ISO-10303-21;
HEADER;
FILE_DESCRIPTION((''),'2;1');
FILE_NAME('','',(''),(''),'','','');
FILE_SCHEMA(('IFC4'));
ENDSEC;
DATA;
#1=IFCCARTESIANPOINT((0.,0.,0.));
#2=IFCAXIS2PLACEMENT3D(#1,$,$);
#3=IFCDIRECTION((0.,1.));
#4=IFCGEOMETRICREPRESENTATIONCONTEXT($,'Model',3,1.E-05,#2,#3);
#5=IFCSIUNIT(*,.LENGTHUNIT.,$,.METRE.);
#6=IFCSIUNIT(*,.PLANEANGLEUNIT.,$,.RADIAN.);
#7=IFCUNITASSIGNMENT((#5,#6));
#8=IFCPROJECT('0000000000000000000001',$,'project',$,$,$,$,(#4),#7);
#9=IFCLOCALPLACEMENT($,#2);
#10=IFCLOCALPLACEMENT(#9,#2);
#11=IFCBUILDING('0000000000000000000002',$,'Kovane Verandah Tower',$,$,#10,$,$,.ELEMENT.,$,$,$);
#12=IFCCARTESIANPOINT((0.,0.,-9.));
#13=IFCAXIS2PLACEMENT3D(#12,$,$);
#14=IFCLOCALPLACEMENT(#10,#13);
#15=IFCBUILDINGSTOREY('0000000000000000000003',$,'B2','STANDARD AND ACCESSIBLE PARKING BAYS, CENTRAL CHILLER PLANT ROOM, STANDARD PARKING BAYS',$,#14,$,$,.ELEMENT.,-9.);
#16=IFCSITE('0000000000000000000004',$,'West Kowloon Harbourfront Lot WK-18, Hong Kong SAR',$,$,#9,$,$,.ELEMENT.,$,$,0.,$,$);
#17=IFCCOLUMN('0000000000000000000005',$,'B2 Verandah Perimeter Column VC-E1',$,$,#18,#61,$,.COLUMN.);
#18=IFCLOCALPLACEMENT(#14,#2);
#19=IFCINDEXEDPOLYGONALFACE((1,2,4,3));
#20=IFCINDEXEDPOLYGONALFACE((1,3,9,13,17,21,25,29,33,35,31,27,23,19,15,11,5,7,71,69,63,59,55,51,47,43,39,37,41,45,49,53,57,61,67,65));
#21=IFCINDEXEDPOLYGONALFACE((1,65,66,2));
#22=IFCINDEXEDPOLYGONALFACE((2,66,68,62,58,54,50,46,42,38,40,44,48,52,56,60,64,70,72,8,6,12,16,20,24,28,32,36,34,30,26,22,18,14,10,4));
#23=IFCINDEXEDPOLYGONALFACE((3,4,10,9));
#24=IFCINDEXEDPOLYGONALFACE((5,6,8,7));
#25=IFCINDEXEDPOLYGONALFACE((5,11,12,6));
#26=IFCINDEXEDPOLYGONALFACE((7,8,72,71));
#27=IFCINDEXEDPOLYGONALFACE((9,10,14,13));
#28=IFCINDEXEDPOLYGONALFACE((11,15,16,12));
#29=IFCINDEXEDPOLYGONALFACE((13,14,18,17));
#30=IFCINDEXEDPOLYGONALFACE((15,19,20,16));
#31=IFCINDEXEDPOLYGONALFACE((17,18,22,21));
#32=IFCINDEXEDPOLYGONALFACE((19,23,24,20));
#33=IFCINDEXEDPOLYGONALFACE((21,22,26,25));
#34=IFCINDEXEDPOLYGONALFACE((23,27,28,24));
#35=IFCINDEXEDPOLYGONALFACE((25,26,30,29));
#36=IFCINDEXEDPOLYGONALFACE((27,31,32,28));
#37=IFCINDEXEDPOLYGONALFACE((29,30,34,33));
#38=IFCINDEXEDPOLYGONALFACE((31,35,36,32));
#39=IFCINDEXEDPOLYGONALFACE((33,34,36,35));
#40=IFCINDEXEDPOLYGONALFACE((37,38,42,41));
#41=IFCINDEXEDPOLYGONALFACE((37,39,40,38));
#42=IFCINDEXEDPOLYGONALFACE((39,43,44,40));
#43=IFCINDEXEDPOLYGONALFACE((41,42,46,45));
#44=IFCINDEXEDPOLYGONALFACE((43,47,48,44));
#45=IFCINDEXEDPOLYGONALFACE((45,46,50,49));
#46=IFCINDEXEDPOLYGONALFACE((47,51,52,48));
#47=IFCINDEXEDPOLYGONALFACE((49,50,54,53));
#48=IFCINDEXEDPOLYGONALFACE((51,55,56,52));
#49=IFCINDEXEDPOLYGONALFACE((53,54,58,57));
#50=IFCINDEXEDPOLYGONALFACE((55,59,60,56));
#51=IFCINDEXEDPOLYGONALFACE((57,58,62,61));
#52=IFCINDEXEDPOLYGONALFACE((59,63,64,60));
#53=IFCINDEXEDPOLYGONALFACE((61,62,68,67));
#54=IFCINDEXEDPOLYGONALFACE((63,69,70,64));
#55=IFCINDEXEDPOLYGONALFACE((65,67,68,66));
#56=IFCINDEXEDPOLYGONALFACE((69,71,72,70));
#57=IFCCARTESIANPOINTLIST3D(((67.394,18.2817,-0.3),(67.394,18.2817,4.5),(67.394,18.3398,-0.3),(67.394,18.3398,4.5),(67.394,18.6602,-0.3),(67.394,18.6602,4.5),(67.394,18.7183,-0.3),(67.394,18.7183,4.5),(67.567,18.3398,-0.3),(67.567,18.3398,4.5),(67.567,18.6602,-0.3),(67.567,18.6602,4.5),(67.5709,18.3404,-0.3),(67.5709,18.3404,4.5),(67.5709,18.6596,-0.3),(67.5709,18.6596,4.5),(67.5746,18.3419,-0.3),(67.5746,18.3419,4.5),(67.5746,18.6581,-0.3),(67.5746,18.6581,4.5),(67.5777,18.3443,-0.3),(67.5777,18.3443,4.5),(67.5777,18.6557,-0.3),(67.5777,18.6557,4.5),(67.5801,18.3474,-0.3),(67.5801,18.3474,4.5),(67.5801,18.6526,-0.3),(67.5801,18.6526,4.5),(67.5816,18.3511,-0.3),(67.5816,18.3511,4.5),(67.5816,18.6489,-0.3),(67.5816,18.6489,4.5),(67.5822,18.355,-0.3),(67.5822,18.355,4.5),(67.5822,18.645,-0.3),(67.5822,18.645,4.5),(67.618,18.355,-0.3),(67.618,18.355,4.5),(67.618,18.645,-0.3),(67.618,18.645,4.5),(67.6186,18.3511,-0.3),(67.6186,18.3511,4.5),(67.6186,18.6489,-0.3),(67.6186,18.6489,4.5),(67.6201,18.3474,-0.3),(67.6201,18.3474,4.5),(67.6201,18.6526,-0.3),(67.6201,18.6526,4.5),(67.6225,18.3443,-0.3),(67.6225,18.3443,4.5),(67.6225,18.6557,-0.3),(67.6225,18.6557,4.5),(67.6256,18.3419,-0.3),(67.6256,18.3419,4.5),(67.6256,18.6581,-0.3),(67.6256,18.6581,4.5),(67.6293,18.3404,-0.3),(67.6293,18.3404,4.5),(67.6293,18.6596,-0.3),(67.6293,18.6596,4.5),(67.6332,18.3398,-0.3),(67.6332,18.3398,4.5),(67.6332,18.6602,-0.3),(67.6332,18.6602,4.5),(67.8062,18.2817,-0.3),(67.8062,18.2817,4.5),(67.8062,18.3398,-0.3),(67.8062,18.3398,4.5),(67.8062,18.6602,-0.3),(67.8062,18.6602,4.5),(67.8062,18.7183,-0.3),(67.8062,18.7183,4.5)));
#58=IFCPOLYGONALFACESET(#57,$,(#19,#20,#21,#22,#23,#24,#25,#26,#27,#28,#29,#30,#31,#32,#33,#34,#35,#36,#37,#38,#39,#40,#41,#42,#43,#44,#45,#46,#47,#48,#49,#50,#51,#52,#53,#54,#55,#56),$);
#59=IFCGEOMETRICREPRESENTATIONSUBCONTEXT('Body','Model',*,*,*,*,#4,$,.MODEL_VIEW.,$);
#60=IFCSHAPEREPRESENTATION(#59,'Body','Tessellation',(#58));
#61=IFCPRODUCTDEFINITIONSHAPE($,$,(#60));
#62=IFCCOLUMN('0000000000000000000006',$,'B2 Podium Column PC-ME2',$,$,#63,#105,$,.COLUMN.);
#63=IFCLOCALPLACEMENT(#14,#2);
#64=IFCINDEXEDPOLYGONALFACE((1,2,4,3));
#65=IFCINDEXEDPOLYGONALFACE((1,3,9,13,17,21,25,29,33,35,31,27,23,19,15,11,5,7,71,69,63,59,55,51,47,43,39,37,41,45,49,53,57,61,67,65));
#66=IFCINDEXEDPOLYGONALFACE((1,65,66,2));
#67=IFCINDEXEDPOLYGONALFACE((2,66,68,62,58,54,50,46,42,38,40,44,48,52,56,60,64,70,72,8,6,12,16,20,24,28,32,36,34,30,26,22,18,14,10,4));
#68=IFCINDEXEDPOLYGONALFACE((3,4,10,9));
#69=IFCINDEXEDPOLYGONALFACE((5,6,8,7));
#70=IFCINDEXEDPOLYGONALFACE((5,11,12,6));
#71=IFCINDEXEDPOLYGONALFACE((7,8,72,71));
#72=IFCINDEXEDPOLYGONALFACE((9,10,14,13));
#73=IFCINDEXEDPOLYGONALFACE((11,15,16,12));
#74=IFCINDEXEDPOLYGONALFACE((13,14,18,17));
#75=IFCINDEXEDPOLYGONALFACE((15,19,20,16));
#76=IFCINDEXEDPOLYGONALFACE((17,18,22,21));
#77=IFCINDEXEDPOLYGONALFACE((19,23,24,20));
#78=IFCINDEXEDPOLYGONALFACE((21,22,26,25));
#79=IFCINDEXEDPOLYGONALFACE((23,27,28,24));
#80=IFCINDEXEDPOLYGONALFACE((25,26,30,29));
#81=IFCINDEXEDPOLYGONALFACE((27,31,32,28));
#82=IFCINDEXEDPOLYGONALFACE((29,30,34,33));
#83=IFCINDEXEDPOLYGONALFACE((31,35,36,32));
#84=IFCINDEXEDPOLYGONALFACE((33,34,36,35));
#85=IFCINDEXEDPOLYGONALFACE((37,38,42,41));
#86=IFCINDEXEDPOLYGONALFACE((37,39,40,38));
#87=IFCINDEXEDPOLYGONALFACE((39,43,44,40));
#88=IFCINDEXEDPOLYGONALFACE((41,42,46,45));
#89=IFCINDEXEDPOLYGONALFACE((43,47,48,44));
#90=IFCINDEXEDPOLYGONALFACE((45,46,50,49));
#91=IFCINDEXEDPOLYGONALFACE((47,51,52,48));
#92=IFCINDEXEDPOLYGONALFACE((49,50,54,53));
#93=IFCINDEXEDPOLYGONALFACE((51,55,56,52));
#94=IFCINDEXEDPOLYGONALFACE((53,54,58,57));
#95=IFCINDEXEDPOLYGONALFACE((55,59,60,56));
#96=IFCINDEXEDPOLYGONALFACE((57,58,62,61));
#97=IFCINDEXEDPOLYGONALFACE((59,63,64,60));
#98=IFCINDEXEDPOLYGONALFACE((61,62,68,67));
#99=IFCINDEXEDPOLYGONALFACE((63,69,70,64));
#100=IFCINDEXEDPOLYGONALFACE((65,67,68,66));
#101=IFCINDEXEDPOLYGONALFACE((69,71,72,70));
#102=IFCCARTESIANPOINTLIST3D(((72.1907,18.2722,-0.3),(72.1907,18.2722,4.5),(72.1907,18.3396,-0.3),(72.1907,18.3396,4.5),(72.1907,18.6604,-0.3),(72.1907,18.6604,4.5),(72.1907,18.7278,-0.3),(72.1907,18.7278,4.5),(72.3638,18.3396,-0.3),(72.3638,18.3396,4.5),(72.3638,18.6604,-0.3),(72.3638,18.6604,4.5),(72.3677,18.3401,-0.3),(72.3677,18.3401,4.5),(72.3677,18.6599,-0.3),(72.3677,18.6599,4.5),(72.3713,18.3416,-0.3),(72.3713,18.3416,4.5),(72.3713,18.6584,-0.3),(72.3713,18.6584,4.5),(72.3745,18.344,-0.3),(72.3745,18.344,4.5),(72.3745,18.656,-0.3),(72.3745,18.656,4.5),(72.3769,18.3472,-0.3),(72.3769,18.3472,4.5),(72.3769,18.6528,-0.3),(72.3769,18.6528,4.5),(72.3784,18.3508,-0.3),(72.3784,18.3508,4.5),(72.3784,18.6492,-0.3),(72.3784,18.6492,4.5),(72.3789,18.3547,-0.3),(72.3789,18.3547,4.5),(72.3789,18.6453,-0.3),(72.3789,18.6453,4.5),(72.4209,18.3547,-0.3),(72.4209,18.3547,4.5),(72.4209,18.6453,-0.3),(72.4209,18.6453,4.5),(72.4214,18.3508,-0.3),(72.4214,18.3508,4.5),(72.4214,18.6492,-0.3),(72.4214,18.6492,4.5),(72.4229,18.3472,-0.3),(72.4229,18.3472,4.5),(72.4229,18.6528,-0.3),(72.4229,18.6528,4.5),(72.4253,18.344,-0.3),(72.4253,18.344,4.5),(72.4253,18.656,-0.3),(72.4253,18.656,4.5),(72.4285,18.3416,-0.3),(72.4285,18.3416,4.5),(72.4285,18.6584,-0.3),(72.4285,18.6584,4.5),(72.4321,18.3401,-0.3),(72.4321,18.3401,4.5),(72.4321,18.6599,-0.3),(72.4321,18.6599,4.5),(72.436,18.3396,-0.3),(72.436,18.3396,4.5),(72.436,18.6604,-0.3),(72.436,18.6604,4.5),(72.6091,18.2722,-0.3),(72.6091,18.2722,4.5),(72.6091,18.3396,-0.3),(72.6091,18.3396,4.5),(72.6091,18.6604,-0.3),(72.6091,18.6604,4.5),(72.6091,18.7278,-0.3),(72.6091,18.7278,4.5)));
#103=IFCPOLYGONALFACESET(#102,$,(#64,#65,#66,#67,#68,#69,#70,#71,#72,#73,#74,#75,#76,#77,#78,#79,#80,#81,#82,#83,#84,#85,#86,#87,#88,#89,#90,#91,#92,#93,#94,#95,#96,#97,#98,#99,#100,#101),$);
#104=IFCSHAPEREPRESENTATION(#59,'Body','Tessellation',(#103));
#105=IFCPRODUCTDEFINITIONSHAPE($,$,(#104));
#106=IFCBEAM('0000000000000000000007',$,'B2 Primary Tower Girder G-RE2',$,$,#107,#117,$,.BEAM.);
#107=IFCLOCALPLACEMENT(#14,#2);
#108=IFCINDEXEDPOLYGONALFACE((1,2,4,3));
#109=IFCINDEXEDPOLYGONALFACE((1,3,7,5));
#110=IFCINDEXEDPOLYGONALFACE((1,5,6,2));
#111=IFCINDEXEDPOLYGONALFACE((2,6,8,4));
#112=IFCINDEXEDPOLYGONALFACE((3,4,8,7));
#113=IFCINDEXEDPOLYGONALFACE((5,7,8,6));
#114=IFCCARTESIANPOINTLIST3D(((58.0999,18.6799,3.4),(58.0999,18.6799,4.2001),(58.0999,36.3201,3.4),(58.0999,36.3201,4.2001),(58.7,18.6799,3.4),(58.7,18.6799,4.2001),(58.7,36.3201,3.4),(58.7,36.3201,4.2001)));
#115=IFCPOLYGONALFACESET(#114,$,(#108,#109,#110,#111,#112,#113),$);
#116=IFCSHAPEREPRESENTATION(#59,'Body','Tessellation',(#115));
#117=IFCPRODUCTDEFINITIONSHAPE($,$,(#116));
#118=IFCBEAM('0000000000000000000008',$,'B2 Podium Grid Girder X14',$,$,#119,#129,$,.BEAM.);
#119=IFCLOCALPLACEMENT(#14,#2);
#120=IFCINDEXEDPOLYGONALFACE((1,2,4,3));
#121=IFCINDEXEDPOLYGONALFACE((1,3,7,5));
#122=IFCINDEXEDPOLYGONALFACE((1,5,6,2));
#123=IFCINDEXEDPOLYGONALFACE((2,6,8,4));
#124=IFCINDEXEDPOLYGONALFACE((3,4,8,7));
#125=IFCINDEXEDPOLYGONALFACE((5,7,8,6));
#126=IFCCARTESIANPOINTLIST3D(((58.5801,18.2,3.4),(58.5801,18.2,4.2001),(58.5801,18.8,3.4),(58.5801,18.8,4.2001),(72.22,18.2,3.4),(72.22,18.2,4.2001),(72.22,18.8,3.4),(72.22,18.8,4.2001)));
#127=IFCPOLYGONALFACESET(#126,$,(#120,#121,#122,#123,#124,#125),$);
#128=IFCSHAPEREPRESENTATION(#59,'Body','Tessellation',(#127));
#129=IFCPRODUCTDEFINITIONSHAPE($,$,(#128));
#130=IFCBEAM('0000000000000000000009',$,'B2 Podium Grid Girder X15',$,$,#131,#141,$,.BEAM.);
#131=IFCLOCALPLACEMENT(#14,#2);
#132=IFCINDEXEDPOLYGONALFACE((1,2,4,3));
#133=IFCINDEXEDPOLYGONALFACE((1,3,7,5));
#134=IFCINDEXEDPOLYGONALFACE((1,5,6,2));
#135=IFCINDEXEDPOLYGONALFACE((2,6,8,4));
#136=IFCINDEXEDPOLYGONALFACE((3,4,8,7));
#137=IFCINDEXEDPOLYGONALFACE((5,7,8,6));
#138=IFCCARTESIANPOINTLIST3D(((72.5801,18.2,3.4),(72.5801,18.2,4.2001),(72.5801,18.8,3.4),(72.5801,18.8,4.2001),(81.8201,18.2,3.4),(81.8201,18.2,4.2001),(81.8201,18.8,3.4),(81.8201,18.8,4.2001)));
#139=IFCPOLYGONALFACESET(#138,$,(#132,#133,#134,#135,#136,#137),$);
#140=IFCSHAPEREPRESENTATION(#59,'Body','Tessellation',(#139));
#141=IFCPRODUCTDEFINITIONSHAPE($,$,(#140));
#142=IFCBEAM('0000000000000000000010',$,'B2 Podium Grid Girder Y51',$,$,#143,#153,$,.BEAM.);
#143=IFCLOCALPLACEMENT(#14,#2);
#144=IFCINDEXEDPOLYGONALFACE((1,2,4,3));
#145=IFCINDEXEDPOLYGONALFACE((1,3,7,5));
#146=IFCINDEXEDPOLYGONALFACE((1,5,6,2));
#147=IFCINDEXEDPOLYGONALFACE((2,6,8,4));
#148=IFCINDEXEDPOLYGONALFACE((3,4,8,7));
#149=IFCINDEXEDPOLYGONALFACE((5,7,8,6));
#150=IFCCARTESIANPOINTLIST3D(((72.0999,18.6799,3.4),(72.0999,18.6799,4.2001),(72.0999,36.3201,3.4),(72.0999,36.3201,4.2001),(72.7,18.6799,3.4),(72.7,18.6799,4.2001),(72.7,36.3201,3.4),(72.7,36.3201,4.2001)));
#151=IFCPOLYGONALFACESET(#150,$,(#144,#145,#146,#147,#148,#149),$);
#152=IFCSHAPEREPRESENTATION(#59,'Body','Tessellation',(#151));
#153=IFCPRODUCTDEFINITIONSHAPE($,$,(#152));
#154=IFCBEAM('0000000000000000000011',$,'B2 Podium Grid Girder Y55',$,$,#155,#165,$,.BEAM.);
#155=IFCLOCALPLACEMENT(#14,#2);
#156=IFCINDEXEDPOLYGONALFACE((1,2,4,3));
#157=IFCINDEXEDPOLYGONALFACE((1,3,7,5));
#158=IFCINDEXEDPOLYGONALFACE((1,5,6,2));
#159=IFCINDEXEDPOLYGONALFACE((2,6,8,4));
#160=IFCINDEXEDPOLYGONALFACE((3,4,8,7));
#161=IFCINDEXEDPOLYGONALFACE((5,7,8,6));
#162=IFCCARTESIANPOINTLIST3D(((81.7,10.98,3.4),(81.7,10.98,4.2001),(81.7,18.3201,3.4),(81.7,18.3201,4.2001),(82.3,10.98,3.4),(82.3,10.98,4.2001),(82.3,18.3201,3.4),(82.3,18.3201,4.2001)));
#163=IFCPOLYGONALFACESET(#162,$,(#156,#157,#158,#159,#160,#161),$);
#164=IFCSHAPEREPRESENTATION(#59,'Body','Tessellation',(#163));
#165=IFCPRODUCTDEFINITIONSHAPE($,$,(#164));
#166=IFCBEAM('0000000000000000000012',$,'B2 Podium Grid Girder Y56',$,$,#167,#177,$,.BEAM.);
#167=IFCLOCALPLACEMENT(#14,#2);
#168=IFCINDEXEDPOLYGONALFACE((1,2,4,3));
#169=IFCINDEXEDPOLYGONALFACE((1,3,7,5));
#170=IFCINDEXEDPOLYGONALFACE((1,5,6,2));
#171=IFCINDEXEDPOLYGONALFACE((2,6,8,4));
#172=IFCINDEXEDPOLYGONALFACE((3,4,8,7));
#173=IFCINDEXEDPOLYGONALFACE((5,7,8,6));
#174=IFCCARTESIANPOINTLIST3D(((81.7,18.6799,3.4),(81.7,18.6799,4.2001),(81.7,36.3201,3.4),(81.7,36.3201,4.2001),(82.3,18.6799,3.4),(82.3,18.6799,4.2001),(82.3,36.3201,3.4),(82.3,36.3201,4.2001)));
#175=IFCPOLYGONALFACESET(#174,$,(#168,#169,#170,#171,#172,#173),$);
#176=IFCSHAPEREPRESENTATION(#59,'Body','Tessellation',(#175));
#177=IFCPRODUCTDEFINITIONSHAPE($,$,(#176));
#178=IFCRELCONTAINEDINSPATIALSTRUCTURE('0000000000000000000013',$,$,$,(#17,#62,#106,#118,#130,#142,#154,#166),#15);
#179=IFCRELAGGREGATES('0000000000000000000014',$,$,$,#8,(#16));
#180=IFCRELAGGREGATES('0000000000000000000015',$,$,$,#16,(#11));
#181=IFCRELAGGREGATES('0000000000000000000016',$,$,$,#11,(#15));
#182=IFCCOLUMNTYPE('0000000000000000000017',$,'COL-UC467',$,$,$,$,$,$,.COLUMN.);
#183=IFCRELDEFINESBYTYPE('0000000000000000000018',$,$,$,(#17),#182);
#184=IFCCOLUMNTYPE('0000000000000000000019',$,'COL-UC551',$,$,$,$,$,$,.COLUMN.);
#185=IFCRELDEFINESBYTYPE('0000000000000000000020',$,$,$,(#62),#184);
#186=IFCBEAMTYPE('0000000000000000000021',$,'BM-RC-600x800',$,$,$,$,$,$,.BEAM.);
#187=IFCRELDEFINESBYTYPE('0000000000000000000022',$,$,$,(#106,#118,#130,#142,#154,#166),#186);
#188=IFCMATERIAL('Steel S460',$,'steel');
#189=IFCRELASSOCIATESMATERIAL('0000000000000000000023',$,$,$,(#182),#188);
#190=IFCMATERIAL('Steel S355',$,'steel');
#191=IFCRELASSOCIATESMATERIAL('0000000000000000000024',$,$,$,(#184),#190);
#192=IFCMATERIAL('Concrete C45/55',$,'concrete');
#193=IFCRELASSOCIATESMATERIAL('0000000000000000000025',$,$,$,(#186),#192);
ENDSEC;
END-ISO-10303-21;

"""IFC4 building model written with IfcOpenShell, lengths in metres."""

from ifc_helpers import new_model, si_unit, direction, frame, origin, origin_2d, place, context, subcontext, project, spatial, rectangle, i_section, extrude, material, material_profile, profile_set, type_object, element, save


model = new_model("IFC4")

# Units and contexts
model_context = context("Model", 3, precision=1e-05, world=origin(), true_north=direction((0.0, 1.0)))
body_context = subcontext(model_context, "Body", "Model", "MODEL_VIEW")
ifc_project = project(units=[si_unit("LENGTHUNIT", "METRE"), si_unit("PLANEANGLEUNIT", "RADIAN")], contexts=[model_context])

# Site, building, storey
site_placement = place(None, origin())
site = spatial("IfcSite", under=ifc_project, at=site_placement, Name="West Kowloon Harbourfront Lot WK-18, Hong Kong SAR", CompositionType="ELEMENT", RefElevation=0.0)
building_placement = place(site_placement, origin())
building = spatial("IfcBuilding", under=site, at=building_placement, Name="Kovane Verandah Tower", CompositionType="ELEMENT")
storey_placement = place(building_placement, frame((0.0, 0.0, -9.0)))
storey = spatial("IfcBuildingStorey", under=building, at=storey_placement, Name="B2", Description="STANDARD AND ACCESSIBLE PARKING BAYS, CENTRAL CHILLER PLANT ROOM, STANDARD PARKING BAYS", CompositionType="ELEMENT", Elevation=-9.0)

# Columns
ifc_material_1 = material(Name="Steel S460", Category="steel")
ifc_material_profile_1 = material_profile(ifc_material_1, i_section(OverallWidth=0.4121, OverallDepth=0.4365, WebThickness=0.0359, FlangeThickness=0.0581, FilletRadius=0.0151, at=origin_2d()), Name="UC356x406x467")
ifc_profile_set_1 = profile_set([ifc_material_profile_1], Name="Steel S460")
column_type_1 = type_object("IfcColumnType", Name="COL-UC467", PredefinedType="COLUMN", material=ifc_profile_set_1)
column_1_placement = place(storey_placement, frame((67.6001, 18.5, -0.3), z_axis=(0.0, 0.0, 1.0), x_axis=(1.0, 0.0, 0.0)))
element("IfcColumn", 1, at=column_1_placement, inside=storey, type_object=column_type_1, Name="B2 Verandah Perimeter Column VC-E1", PredefinedType="COLUMN", context=body_context, shape_type="SweptSolid", body=[
    extrude(i_section(OverallWidth=0.4121, OverallDepth=0.4365, WebThickness=0.0359, FlangeThickness=0.0581, FilletRadius=0.0151, at=origin_2d()), origin(), (0.0, 0.0, 1.0), 4.8),
])
ifc_material_2 = material(Name="Steel S355", Category="steel")
ifc_material_profile_2 = material_profile(ifc_material_2, i_section(OverallWidth=0.4185, OverallDepth=0.4556, WebThickness=0.042, FlangeThickness=0.0674, FilletRadius=0.0151, at=origin_2d()), Name="UC356x406x551")
ifc_profile_set_2 = profile_set([ifc_material_profile_2], Name="Steel S355")
column_type_2 = type_object("IfcColumnType", Name="COL-UC551", PredefinedType="COLUMN", material=ifc_profile_set_2)
column_2_placement = place(storey_placement, frame((72.3999, 18.5, -0.3), z_axis=(0.0, 0.0, 1.0), x_axis=(1.0, 0.0, 0.0)))
element("IfcColumn", 2, at=column_2_placement, inside=storey, type_object=column_type_2, Name="B2 Podium Column PC-ME2", PredefinedType="COLUMN", context=body_context, shape_type="SweptSolid", body=[
    extrude(i_section(OverallWidth=0.4185, OverallDepth=0.4556, WebThickness=0.042, FlangeThickness=0.0674, FilletRadius=0.0151, at=origin_2d()), origin(), (0.0, 0.0, 1.0), 4.8),
])

# Beams
ifc_material_3 = material(Name="Concrete C45/55", Category="concrete")
ifc_material_profile_3 = material_profile(ifc_material_3, rectangle(XDim=0.6001, YDim=0.8, at=origin_2d()), Name="RCB600x800")
ifc_profile_set_3 = profile_set([ifc_material_profile_3], Name="Concrete C45/55")
beam_type = type_object("IfcBeamType", Name="BM-RC-600x800", PredefinedType="BEAM", material=ifc_profile_set_3)
beam_1_placement = place(storey_placement, frame((58.3999, 18.6799, 3.8), z_axis=(0.0, 1.0, 0.0), x_axis=(-1.0, 0.0, 0.0)))
element("IfcBeam", 3, at=beam_1_placement, inside=storey, type_object=beam_type, Name="B2 Primary Tower Girder G-RE2", PredefinedType="BEAM", context=body_context, shape_type="SweptSolid", body=[
    extrude(rectangle(XDim=0.6001, YDim=0.8, at=origin_2d()), origin(), (0.0, 0.0, 1.0), 17.6401),
])
beam_2_placement = place(storey_placement, frame((58.5801, 18.5, 3.8), z_axis=(1.0, 0.0, 0.0), x_axis=(0.0, 1.0, 0.0)))
element("IfcBeam", 4, at=beam_2_placement, inside=storey, type_object=beam_type, Name="B2 Podium Grid Girder X14", PredefinedType="BEAM", context=body_context, shape_type="SweptSolid", body=[
    extrude(rectangle(XDim=0.6001, YDim=0.8, at=origin_2d()), origin(), (0.0, 0.0, 1.0), 13.6399),
])
beam_3_placement = place(storey_placement, frame((72.5801, 18.5, 3.8), z_axis=(1.0, 0.0, 0.0), x_axis=(0.0, 1.0, 0.0)))
element("IfcBeam", 5, at=beam_3_placement, inside=storey, type_object=beam_type, Name="B2 Podium Grid Girder X15", PredefinedType="BEAM", context=body_context, shape_type="SweptSolid", body=[
    extrude(rectangle(XDim=0.6001, YDim=0.8, at=origin_2d()), origin(), (0.0, 0.0, 1.0), 9.24),
])
beam_4_placement = place(storey_placement, frame((72.3999, 18.6799, 3.8), z_axis=(0.0, 1.0, 0.0), x_axis=(-1.0, 0.0, 0.0)))
element("IfcBeam", 6, at=beam_4_placement, inside=storey, type_object=beam_type, Name="B2 Podium Grid Girder Y51", PredefinedType="BEAM", context=body_context, shape_type="SweptSolid", body=[
    extrude(rectangle(XDim=0.6001, YDim=0.8, at=origin_2d()), origin(), (0.0, 0.0, 1.0), 17.6401),
])
beam_5_placement = place(storey_placement, frame((82.0, 10.98, 3.8), z_axis=(0.0, 1.0, 0.0), x_axis=(-1.0, 0.0, 0.0)))
element("IfcBeam", 7, at=beam_5_placement, inside=storey, type_object=beam_type, Name="B2 Podium Grid Girder Y55", PredefinedType="BEAM", context=body_context, shape_type="SweptSolid", body=[
    extrude(rectangle(XDim=0.6001, YDim=0.8, at=origin_2d()), origin(), (0.0, 0.0, 1.0), 7.3401),
])
beam_6_placement = place(storey_placement, frame((82.0, 18.6799, 3.8), z_axis=(0.0, 1.0, 0.0), x_axis=(-1.0, 0.0, 0.0)))
element("IfcBeam", 8, at=beam_6_placement, inside=storey, type_object=beam_type, Name="B2 Podium Grid Girder Y56", PredefinedType="BEAM", context=body_context, shape_type="SweptSolid", body=[
    extrude(rectangle(XDim=0.6001, YDim=0.8, at=origin_2d()), origin(), (0.0, 0.0, 1.0), 17.6401),
])

save(model, "model.ifc")
